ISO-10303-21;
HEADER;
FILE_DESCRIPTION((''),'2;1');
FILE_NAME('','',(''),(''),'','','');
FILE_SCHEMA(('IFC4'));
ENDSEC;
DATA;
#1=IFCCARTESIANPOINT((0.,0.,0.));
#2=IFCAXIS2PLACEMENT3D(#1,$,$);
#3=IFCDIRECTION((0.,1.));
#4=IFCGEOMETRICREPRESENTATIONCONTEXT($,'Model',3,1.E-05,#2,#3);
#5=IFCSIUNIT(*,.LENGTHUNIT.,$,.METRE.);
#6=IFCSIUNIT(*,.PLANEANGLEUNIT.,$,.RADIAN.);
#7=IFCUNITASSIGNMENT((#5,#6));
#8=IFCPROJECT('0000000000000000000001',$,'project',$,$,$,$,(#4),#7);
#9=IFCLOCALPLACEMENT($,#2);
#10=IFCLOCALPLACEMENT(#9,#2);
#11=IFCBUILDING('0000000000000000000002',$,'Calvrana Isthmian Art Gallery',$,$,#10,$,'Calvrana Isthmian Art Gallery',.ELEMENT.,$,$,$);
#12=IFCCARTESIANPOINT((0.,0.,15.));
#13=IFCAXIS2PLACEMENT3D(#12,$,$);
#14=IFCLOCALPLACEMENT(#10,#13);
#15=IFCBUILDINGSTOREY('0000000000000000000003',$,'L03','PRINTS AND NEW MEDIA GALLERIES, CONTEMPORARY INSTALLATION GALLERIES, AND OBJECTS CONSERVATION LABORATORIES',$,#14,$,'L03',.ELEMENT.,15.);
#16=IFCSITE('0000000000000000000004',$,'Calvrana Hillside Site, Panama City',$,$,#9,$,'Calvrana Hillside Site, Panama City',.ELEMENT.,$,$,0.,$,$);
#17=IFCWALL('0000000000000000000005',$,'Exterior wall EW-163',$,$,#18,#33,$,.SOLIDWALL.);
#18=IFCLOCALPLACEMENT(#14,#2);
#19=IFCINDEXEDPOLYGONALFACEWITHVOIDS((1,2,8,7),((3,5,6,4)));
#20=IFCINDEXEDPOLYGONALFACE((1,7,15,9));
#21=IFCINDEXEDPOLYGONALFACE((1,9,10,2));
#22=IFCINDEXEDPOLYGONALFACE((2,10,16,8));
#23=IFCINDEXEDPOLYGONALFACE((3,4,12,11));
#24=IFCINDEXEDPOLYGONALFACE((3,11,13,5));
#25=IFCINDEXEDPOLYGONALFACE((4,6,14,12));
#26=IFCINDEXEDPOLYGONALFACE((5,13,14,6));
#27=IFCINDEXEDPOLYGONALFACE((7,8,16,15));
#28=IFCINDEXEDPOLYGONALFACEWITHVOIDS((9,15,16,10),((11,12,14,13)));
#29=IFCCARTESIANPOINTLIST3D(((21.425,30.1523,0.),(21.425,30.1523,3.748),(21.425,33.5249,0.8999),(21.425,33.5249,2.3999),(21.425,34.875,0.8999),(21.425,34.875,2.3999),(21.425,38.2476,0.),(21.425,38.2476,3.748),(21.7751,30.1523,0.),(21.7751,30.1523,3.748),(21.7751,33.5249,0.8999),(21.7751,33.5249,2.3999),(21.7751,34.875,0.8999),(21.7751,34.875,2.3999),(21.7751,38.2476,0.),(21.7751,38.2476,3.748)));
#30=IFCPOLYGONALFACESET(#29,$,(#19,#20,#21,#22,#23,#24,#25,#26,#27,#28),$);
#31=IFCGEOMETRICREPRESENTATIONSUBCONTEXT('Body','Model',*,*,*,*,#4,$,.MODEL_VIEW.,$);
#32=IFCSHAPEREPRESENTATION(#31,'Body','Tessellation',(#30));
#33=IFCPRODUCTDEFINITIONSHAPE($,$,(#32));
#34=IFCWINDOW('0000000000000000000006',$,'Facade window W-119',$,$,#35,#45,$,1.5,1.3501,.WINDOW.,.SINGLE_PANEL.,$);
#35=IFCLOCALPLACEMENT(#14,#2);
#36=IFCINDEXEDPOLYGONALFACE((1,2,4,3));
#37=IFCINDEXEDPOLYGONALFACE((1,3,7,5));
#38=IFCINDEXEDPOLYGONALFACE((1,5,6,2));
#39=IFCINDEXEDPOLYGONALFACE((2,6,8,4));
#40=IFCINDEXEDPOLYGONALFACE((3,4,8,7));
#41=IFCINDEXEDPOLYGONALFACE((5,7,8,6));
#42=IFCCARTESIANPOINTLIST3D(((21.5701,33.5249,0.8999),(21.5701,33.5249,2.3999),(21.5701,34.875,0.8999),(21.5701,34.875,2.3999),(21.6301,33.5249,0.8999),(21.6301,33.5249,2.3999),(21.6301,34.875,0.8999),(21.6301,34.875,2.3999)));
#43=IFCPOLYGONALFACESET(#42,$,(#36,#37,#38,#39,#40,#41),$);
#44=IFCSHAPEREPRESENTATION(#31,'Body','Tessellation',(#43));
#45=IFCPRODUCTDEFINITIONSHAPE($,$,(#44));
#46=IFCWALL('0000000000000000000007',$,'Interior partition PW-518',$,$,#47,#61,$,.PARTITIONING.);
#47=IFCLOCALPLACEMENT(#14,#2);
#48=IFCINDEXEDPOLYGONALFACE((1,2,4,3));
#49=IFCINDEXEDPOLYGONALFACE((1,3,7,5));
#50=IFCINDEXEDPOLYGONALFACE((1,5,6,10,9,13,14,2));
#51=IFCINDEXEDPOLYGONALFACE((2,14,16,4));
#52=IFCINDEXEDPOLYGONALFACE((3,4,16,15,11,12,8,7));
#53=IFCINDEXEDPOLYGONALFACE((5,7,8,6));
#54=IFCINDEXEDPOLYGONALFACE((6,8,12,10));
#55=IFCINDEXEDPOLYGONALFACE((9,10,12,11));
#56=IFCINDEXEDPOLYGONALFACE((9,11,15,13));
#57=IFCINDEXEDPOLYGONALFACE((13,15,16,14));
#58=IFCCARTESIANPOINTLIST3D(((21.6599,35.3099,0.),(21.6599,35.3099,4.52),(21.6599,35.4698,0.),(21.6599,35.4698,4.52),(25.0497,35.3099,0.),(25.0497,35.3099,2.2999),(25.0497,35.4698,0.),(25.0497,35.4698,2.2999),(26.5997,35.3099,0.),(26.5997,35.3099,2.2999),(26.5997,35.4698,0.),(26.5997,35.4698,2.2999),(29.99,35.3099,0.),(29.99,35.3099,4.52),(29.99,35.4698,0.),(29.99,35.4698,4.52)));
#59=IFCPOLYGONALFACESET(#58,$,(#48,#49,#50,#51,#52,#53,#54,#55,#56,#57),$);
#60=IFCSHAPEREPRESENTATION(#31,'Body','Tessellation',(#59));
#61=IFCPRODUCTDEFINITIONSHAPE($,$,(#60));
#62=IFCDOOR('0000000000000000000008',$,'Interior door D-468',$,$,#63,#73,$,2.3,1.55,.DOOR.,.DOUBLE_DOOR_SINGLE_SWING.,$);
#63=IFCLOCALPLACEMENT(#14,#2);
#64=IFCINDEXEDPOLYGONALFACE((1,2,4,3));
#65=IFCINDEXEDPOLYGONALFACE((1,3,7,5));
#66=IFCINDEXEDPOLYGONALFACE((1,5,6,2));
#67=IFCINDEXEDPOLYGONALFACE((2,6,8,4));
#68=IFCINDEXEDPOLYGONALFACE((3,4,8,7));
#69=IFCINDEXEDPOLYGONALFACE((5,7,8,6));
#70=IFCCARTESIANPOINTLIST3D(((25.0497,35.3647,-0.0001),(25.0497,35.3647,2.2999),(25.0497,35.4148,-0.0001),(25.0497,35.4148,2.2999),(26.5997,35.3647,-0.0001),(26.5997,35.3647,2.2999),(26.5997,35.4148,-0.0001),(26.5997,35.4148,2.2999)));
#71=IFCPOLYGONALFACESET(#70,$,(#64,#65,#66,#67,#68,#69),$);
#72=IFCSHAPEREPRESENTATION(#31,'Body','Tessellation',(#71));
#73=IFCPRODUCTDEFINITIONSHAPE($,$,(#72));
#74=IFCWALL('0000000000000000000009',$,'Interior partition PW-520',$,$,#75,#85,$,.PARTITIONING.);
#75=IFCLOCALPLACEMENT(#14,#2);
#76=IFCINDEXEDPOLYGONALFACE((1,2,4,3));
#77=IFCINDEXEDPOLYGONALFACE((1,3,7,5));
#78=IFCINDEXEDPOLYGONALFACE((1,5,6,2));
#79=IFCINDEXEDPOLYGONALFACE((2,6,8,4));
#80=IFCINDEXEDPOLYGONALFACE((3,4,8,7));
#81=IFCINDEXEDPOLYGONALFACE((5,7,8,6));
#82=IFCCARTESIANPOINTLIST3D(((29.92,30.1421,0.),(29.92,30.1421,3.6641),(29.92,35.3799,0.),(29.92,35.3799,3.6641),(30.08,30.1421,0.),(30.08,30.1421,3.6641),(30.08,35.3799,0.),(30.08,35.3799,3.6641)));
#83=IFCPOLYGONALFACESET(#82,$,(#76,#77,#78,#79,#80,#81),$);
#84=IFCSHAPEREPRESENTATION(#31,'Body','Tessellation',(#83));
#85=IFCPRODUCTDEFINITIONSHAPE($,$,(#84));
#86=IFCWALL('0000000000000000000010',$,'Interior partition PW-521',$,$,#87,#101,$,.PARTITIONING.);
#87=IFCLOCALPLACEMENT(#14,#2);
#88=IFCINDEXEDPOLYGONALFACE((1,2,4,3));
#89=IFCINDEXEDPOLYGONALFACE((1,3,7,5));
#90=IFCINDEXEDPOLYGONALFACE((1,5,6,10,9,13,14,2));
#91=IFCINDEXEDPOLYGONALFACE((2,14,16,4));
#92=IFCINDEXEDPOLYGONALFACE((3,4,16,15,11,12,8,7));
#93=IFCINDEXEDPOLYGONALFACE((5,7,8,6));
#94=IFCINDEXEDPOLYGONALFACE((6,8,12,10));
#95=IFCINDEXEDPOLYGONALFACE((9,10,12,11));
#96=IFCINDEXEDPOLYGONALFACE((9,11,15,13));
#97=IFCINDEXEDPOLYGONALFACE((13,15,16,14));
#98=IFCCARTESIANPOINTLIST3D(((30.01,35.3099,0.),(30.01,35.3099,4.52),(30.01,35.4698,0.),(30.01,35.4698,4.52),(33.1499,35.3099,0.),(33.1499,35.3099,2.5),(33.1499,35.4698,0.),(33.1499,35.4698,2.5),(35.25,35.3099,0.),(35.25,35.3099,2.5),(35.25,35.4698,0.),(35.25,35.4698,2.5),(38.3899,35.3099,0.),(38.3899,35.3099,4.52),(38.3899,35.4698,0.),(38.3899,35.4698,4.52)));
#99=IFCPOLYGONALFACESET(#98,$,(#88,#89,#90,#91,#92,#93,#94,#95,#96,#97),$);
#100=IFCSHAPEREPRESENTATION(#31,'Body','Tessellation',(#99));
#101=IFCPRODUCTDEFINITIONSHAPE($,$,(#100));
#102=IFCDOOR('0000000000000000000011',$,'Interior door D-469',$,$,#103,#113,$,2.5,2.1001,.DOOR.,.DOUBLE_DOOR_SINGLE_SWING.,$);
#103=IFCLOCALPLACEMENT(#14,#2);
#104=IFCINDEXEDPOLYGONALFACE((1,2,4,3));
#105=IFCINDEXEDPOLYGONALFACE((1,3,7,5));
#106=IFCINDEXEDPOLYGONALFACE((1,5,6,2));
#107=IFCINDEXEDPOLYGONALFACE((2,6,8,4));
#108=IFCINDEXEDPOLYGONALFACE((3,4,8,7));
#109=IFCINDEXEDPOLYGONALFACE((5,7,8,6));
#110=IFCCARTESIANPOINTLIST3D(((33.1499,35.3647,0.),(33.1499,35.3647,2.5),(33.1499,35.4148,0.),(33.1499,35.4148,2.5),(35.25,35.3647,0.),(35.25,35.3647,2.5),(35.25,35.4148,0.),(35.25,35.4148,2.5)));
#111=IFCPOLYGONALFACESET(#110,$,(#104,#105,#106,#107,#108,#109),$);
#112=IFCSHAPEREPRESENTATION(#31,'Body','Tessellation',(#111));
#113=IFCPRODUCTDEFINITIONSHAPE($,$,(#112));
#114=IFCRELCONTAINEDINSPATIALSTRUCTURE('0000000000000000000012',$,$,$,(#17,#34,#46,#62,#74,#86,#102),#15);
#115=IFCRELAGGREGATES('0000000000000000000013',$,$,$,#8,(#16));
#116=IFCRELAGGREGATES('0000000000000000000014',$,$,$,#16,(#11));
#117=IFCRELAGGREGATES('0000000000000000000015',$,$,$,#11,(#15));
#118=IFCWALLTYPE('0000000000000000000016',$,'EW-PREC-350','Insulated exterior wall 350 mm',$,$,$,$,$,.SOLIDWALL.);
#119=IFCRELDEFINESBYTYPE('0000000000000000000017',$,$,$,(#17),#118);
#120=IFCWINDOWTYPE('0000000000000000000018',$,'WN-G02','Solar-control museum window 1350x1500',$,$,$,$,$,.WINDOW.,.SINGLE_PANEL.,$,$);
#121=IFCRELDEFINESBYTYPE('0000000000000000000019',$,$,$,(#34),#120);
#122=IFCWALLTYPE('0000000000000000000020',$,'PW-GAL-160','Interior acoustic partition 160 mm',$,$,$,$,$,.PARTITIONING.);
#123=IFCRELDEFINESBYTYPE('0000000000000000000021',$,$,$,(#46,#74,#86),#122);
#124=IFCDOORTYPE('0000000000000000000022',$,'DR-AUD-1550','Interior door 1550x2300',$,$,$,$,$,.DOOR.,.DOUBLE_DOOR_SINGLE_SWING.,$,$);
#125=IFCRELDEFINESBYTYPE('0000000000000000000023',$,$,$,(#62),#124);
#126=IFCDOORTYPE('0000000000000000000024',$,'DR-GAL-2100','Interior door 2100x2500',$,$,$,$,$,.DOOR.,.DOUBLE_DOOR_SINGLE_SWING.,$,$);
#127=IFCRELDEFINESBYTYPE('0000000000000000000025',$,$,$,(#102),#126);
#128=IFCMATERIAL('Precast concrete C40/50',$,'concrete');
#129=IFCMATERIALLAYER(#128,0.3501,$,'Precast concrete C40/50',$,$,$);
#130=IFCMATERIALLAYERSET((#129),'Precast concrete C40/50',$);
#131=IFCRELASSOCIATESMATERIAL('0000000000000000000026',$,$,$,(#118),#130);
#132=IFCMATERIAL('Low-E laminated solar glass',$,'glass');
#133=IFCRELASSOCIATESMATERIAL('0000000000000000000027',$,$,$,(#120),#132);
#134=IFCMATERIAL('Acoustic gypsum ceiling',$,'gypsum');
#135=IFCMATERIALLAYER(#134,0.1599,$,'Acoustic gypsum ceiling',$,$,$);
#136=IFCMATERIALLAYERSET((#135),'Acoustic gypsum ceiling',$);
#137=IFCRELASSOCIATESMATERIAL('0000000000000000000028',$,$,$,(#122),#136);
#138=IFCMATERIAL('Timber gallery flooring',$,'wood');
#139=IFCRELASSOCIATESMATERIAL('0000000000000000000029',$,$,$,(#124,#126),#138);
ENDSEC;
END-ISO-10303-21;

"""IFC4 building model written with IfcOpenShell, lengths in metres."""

from ifc_helpers import new_model, si_unit, direction, frame, frame_2d, origin, place, context, subcontext, project, spatial, rectangle, extrude, material, layer, layer_set, type_object, element, fill, save


model = new_model("IFC4")

# Units and contexts
model_context = context("Model", 3, precision=1e-05, world=origin(), true_north=direction((0.0, 1.0)))
body_context = subcontext(model_context, "Body", "Model", "MODEL_VIEW")
ifc_project = project(units=[si_unit("LENGTHUNIT", "METRE"), si_unit("PLANEANGLEUNIT", "RADIAN")], contexts=[model_context])

# Site, building, storey
site_placement = place(None, origin())
site = spatial("IfcSite", under=ifc_project, at=site_placement, Name="Calvrana Hillside Site, Panama City", LongName="Calvrana Hillside Site, Panama City", CompositionType="ELEMENT", RefElevation=0.0)
building_placement = place(site_placement, origin())
building = spatial("IfcBuilding", under=site, at=building_placement, Name="Calvrana Isthmian Art Gallery", LongName="Calvrana Isthmian Art Gallery", CompositionType="ELEMENT")
storey_placement = place(building_placement, frame((0.0, 0.0, 15.0)))
storey = spatial("IfcBuildingStorey", under=building, at=storey_placement, Name="L03", Description="PRINTS AND NEW MEDIA GALLERIES, CONTEMPORARY INSTALLATION GALLERIES, AND OBJECTS CONSERVATION LABORATORIES", LongName="L03", CompositionType="ELEMENT", Elevation=15.0)

# Wall, opening, window
ifc_material_1 = material(Name="Precast concrete C40/50", Category="concrete")
ifc_layer_1 = layer(ifc_material_1, 0.3501, Name="Precast concrete C40/50")
ifc_layer_set_1 = layer_set([ifc_layer_1], Name="Precast concrete C40/50")
wall_type_1 = type_object("IfcWallType", Name="EW-PREC-350", Description="Insulated exterior wall 350 mm", PredefinedType="SOLIDWALL", material=ifc_layer_set_1)
wall_1_placement = place(storey_placement, frame((21.6001, 30.1523, 0.0), z_axis=(0.0, 0.0, 1.0), x_axis=(0.0, 1.0, 0.0)))
wall_1 = element("IfcWall", 1, at=wall_1_placement, inside=storey, type_object=wall_type_1, Name="Exterior wall EW-163", PredefinedType="SOLIDWALL", context=body_context, shape_type="SweptSolid", body=[
    extrude(rectangle(XDim=8.0952, YDim=0.3501, at=frame_2d((4.0476, 0.0))), origin(), (0.0, 0.0, 1.0), 3.748),
])
opening_1_placement = place(wall_1_placement, frame((3.3726, 0.0, 0.8999)))
opening_1 = element("IfcOpeningElement", 2, at=opening_1_placement, cuts=wall_1, PredefinedType="OPENING", context=body_context, shape_type="SweptSolid", body=[
    extrude(rectangle(XDim=1.3501, YDim=1.5, at=frame_2d((0.675, 0.75))), frame((0.0, 0.1853, 0.0), z_axis=(0.0, -1.0, 0.0), x_axis=(1.0, 0.0, 0.0)), (0.0, 0.0, 1.0), 0.3706),
])
ifc_material_2 = material(Name="Low-E laminated solar glass", Category="glass")
window_type = type_object("IfcWindowType", Name="WN-G02", Description="Solar-control museum window 1350x1500", PartitioningType="SINGLE_PANEL", PredefinedType="WINDOW", material=ifc_material_2)
window_placement = place(opening_1_placement, origin())
window = element("IfcWindow", 3, at=window_placement, inside=storey, type_object=window_type, Name="Facade window W-119", OverallHeight=1.5, OverallWidth=1.3501, PartitioningType="SINGLE_PANEL", PredefinedType="WINDOW", context=body_context, shape_type="SweptSolid", body=[
    extrude(rectangle(XDim=1.3501, YDim=1.5, at=frame_2d((0.675, 0.75))), frame((0.0, 0.03, 0.0), z_axis=(0.0, -1.0, 0.0), x_axis=(1.0, 0.0, 0.0)), (0.0, 0.0, 1.0), 0.0601),
])
fill(opening_1, window)

# Wall, opening, door
ifc_material_3 = material(Name="Acoustic gypsum ceiling", Category="gypsum")
ifc_layer_2 = layer(ifc_material_3, 0.1599, Name="Acoustic gypsum ceiling")
ifc_layer_set_2 = layer_set([ifc_layer_2], Name="Acoustic gypsum ceiling")
wall_type_2 = type_object("IfcWallType", Name="PW-GAL-160", Description="Interior acoustic partition 160 mm", PredefinedType="PARTITIONING", material=ifc_layer_set_2)
wall_2_placement = place(storey_placement, frame((21.6599, 35.3899, 0.0), z_axis=(0.0, 0.0, 1.0), x_axis=(1.0, 0.0, 0.0)))
wall_2 = element("IfcWall", 4, at=wall_2_placement, inside=storey, type_object=wall_type_2, Name="Interior partition PW-518", PredefinedType="PARTITIONING", context=body_context, shape_type="SweptSolid", body=[
    extrude(rectangle(XDim=8.3301, YDim=0.1599, at=frame_2d((4.165, 0.0))), origin(), (0.0, 0.0, 1.0), 4.52),
])
opening_2_placement = place(wall_2_placement, frame((3.3899, 0.0, 0.0)))
opening_2 = element("IfcOpeningElement", 5, at=opening_2_placement, cuts=wall_2, PredefinedType="OPENING", context=body_context, shape_type="SweptSolid", body=[
    extrude(rectangle(XDim=1.55, YDim=2.3, at=frame_2d((0.7749, 1.1499))), frame((0.0, 0.0903, 0.0), z_axis=(0.0, -1.0, 0.0), x_axis=(1.0, 0.0, 0.0)), (0.0, 0.0, 1.0), 0.1804),
])
ifc_material_4 = material(Name="Timber gallery flooring", Category="wood")
door_type_1 = type_object("IfcDoorType", Name="DR-AUD-1550", Description="Interior door 1550x2300", OperationType="DOUBLE_DOOR_SINGLE_SWING", PredefinedType="DOOR", material=ifc_material_4)
door_1_placement = place(opening_2_placement, origin())
door_1 = element("IfcDoor", 6, at=door_1_placement, inside=storey, type_object=door_type_1, Name="Interior door D-468", OperationType="DOUBLE_DOOR_SINGLE_SWING", OverallHeight=2.3, OverallWidth=1.55, PredefinedType="DOOR", context=body_context, shape_type="SweptSolid", body=[
    extrude(rectangle(XDim=1.55, YDim=2.3, at=frame_2d((0.7749, 1.1499))), frame((0.0, 0.0249, 0.0), z_axis=(0.0, -1.0, 0.0), x_axis=(1.0, 0.0, 0.0)), (0.0, 0.0, 1.0), 0.05),
])
fill(opening_2, door_1)

# Wall
wall_3_placement = place(storey_placement, frame((30.0, 30.1421, 0.0), z_axis=(0.0, 0.0, 1.0), x_axis=(0.0, 1.0, 0.0)))
element("IfcWall", 7, at=wall_3_placement, inside=storey, type_object=wall_type_2, Name="Interior partition PW-520", PredefinedType="PARTITIONING", context=body_context, shape_type="SweptSolid", body=[
    extrude(rectangle(XDim=5.2378, YDim=0.1599, at=frame_2d((2.6189, 0.0))), origin(), (0.0, 0.0, 1.0), 3.6641),
])

# Wall, opening, door
wall_4_placement = place(storey_placement, frame((30.01, 35.3899, 0.0), z_axis=(0.0, 0.0, 1.0), x_axis=(1.0, 0.0, 0.0)))
wall_4 = element("IfcWall", 8, at=wall_4_placement, inside=storey, type_object=wall_type_2, Name="Interior partition PW-521", PredefinedType="PARTITIONING", context=body_context, shape_type="SweptSolid", body=[
    extrude(rectangle(XDim=8.3799, YDim=0.1599, at=frame_2d((4.1899, 0.0))), origin(), (0.0, 0.0, 1.0), 4.52),
])
opening_3_placement = place(wall_4_placement, frame((3.1399, 0.0, 0.0)))
opening_3 = element("IfcOpeningElement", 9, at=opening_3_placement, cuts=wall_4, PredefinedType="OPENING", context=body_context, shape_type="SweptSolid", body=[
    extrude(rectangle(XDim=2.1001, YDim=2.5, at=frame_2d((1.05, 1.25))), frame((0.0, 0.0903, 0.0), z_axis=(0.0, -1.0, 0.0), x_axis=(1.0, 0.0, 0.0)), (0.0, 0.0, 1.0), 0.1804),
])
door_type_2 = type_object("IfcDoorType", Name="DR-GAL-2100", Description="Interior door 2100x2500", OperationType="DOUBLE_DOOR_SINGLE_SWING", PredefinedType="DOOR", material=ifc_material_4)
door_2_placement = place(opening_3_placement, origin())
door_2 = element("IfcDoor", 10, at=door_2_placement, inside=storey, type_object=door_type_2, Name="Interior door D-469", OperationType="DOUBLE_DOOR_SINGLE_SWING", OverallHeight=2.5, OverallWidth=2.1001, PredefinedType="DOOR", context=body_context, shape_type="SweptSolid", body=[
    extrude(rectangle(XDim=2.1001, YDim=2.5, at=frame_2d((1.05, 1.25))), frame((0.0, 0.0249, 0.0), z_axis=(0.0, -1.0, 0.0), x_axis=(1.0, 0.0, 0.0)), (0.0, 0.0, 1.0), 0.05),
])
fill(opening_3, door_2)

save(model, "model.ifc")
